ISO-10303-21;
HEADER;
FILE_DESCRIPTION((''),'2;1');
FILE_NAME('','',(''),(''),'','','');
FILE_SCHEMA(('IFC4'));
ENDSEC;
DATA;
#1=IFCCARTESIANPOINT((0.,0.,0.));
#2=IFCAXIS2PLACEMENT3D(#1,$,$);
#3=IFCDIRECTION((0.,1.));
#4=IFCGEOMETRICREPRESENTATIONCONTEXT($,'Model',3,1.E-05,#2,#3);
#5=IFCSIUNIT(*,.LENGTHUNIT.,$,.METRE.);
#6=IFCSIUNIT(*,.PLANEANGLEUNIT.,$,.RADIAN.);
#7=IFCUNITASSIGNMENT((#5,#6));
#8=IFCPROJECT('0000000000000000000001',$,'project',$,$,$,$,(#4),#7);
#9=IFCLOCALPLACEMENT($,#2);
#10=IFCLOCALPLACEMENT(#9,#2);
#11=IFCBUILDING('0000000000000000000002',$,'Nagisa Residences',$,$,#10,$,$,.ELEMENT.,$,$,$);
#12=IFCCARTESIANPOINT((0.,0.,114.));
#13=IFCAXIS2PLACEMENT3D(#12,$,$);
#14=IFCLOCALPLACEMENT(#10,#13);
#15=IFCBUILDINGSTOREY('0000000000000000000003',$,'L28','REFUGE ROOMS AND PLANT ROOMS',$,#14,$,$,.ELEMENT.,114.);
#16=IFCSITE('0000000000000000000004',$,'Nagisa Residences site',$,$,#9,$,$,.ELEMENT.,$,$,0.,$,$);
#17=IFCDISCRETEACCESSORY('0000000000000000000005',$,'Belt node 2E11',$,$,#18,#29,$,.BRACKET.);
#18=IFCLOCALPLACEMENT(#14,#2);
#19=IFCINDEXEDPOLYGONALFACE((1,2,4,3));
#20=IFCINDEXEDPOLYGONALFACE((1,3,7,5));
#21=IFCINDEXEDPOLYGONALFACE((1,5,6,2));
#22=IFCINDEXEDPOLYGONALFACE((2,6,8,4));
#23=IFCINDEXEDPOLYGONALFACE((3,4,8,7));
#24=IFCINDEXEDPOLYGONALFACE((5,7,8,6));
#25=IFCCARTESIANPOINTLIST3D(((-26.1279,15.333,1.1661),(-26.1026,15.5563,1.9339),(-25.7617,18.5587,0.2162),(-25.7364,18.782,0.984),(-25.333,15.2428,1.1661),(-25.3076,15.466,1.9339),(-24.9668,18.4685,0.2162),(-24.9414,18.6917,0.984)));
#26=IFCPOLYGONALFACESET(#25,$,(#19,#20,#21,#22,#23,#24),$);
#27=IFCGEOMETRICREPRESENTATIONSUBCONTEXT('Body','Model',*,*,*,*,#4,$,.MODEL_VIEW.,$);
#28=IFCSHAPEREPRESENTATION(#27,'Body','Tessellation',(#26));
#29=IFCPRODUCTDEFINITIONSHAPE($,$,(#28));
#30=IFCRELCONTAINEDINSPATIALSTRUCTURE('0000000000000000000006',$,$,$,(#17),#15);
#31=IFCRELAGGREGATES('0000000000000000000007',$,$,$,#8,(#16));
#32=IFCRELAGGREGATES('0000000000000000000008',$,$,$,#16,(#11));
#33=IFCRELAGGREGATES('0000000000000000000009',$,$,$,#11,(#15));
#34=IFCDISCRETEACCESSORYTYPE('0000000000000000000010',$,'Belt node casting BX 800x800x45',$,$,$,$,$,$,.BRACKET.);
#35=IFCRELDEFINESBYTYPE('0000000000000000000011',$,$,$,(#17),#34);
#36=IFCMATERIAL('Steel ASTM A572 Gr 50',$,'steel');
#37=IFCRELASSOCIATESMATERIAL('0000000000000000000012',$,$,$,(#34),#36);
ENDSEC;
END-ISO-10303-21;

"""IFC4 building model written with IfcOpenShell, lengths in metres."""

from ifc_helpers import new_model, si_unit, direction, frame, origin, origin_2d, place, context, subcontext, project, spatial, rectangle, extrude, material, type_object, element, save


model = new_model("IFC4")

# Units and contexts
model_context = context("Model", 3, precision=1e-05, world=origin(), true_north=direction((0.0, 1.0)))
body_context = subcontext(model_context, "Body", "Model", "MODEL_VIEW")
ifc_project = project(units=[si_unit("LENGTHUNIT", "METRE"), si_unit("PLANEANGLEUNIT", "RADIAN")], contexts=[model_context])

# Site, building, storey
site_placement = place(None, origin())
site = spatial("IfcSite", under=ifc_project, at=site_placement, Name="Nagisa Residences site", CompositionType="ELEMENT", RefElevation=0.0)
building_placement = place(site_placement, origin())
building = spatial("IfcBuilding", under=site, at=building_placement, Name="Nagisa Residences", CompositionType="ELEMENT")
storey_placement = place(building_placement, frame((0.0, 0.0, 114.0)))
storey = spatial("IfcBuildingStorey", under=building, at=storey_placement, Name="L28", Description="REFUGE ROOMS AND PLANT ROOMS", CompositionType="ELEMENT", Elevation=114.0)

# Discrete accessory
ifc_material_1 = material(Name="Steel ASTM A572 Gr 50", Category="steel")
discrete_accessory_type = type_object("IfcDiscreteAccessoryType", Name="Belt node casting BX 800x800x45", PredefinedType="BRACKET", material=ifc_material_1)
discrete_accessory_1_placement = place(storey_placement, frame((-25.3516, 18.6252, 0.6001), z_axis=(-0.108261, -0.953633, 0.280828), x_axis=(0.993618, -0.1128, 0.0)))
element("IfcDiscreteAccessory", 1, at=discrete_accessory_1_placement, inside=storey, type_object=discrete_accessory_type, Name="Belt node 2E11", PredefinedType="BRACKET", context=body_context, shape_type="SweptSolid", body=[
    extrude(rectangle(XDim=0.8, YDim=0.8, at=origin_2d()), origin(), (0.0, 0.0, 1.0), 3.3826),
])

save(model, "model.ifc")
